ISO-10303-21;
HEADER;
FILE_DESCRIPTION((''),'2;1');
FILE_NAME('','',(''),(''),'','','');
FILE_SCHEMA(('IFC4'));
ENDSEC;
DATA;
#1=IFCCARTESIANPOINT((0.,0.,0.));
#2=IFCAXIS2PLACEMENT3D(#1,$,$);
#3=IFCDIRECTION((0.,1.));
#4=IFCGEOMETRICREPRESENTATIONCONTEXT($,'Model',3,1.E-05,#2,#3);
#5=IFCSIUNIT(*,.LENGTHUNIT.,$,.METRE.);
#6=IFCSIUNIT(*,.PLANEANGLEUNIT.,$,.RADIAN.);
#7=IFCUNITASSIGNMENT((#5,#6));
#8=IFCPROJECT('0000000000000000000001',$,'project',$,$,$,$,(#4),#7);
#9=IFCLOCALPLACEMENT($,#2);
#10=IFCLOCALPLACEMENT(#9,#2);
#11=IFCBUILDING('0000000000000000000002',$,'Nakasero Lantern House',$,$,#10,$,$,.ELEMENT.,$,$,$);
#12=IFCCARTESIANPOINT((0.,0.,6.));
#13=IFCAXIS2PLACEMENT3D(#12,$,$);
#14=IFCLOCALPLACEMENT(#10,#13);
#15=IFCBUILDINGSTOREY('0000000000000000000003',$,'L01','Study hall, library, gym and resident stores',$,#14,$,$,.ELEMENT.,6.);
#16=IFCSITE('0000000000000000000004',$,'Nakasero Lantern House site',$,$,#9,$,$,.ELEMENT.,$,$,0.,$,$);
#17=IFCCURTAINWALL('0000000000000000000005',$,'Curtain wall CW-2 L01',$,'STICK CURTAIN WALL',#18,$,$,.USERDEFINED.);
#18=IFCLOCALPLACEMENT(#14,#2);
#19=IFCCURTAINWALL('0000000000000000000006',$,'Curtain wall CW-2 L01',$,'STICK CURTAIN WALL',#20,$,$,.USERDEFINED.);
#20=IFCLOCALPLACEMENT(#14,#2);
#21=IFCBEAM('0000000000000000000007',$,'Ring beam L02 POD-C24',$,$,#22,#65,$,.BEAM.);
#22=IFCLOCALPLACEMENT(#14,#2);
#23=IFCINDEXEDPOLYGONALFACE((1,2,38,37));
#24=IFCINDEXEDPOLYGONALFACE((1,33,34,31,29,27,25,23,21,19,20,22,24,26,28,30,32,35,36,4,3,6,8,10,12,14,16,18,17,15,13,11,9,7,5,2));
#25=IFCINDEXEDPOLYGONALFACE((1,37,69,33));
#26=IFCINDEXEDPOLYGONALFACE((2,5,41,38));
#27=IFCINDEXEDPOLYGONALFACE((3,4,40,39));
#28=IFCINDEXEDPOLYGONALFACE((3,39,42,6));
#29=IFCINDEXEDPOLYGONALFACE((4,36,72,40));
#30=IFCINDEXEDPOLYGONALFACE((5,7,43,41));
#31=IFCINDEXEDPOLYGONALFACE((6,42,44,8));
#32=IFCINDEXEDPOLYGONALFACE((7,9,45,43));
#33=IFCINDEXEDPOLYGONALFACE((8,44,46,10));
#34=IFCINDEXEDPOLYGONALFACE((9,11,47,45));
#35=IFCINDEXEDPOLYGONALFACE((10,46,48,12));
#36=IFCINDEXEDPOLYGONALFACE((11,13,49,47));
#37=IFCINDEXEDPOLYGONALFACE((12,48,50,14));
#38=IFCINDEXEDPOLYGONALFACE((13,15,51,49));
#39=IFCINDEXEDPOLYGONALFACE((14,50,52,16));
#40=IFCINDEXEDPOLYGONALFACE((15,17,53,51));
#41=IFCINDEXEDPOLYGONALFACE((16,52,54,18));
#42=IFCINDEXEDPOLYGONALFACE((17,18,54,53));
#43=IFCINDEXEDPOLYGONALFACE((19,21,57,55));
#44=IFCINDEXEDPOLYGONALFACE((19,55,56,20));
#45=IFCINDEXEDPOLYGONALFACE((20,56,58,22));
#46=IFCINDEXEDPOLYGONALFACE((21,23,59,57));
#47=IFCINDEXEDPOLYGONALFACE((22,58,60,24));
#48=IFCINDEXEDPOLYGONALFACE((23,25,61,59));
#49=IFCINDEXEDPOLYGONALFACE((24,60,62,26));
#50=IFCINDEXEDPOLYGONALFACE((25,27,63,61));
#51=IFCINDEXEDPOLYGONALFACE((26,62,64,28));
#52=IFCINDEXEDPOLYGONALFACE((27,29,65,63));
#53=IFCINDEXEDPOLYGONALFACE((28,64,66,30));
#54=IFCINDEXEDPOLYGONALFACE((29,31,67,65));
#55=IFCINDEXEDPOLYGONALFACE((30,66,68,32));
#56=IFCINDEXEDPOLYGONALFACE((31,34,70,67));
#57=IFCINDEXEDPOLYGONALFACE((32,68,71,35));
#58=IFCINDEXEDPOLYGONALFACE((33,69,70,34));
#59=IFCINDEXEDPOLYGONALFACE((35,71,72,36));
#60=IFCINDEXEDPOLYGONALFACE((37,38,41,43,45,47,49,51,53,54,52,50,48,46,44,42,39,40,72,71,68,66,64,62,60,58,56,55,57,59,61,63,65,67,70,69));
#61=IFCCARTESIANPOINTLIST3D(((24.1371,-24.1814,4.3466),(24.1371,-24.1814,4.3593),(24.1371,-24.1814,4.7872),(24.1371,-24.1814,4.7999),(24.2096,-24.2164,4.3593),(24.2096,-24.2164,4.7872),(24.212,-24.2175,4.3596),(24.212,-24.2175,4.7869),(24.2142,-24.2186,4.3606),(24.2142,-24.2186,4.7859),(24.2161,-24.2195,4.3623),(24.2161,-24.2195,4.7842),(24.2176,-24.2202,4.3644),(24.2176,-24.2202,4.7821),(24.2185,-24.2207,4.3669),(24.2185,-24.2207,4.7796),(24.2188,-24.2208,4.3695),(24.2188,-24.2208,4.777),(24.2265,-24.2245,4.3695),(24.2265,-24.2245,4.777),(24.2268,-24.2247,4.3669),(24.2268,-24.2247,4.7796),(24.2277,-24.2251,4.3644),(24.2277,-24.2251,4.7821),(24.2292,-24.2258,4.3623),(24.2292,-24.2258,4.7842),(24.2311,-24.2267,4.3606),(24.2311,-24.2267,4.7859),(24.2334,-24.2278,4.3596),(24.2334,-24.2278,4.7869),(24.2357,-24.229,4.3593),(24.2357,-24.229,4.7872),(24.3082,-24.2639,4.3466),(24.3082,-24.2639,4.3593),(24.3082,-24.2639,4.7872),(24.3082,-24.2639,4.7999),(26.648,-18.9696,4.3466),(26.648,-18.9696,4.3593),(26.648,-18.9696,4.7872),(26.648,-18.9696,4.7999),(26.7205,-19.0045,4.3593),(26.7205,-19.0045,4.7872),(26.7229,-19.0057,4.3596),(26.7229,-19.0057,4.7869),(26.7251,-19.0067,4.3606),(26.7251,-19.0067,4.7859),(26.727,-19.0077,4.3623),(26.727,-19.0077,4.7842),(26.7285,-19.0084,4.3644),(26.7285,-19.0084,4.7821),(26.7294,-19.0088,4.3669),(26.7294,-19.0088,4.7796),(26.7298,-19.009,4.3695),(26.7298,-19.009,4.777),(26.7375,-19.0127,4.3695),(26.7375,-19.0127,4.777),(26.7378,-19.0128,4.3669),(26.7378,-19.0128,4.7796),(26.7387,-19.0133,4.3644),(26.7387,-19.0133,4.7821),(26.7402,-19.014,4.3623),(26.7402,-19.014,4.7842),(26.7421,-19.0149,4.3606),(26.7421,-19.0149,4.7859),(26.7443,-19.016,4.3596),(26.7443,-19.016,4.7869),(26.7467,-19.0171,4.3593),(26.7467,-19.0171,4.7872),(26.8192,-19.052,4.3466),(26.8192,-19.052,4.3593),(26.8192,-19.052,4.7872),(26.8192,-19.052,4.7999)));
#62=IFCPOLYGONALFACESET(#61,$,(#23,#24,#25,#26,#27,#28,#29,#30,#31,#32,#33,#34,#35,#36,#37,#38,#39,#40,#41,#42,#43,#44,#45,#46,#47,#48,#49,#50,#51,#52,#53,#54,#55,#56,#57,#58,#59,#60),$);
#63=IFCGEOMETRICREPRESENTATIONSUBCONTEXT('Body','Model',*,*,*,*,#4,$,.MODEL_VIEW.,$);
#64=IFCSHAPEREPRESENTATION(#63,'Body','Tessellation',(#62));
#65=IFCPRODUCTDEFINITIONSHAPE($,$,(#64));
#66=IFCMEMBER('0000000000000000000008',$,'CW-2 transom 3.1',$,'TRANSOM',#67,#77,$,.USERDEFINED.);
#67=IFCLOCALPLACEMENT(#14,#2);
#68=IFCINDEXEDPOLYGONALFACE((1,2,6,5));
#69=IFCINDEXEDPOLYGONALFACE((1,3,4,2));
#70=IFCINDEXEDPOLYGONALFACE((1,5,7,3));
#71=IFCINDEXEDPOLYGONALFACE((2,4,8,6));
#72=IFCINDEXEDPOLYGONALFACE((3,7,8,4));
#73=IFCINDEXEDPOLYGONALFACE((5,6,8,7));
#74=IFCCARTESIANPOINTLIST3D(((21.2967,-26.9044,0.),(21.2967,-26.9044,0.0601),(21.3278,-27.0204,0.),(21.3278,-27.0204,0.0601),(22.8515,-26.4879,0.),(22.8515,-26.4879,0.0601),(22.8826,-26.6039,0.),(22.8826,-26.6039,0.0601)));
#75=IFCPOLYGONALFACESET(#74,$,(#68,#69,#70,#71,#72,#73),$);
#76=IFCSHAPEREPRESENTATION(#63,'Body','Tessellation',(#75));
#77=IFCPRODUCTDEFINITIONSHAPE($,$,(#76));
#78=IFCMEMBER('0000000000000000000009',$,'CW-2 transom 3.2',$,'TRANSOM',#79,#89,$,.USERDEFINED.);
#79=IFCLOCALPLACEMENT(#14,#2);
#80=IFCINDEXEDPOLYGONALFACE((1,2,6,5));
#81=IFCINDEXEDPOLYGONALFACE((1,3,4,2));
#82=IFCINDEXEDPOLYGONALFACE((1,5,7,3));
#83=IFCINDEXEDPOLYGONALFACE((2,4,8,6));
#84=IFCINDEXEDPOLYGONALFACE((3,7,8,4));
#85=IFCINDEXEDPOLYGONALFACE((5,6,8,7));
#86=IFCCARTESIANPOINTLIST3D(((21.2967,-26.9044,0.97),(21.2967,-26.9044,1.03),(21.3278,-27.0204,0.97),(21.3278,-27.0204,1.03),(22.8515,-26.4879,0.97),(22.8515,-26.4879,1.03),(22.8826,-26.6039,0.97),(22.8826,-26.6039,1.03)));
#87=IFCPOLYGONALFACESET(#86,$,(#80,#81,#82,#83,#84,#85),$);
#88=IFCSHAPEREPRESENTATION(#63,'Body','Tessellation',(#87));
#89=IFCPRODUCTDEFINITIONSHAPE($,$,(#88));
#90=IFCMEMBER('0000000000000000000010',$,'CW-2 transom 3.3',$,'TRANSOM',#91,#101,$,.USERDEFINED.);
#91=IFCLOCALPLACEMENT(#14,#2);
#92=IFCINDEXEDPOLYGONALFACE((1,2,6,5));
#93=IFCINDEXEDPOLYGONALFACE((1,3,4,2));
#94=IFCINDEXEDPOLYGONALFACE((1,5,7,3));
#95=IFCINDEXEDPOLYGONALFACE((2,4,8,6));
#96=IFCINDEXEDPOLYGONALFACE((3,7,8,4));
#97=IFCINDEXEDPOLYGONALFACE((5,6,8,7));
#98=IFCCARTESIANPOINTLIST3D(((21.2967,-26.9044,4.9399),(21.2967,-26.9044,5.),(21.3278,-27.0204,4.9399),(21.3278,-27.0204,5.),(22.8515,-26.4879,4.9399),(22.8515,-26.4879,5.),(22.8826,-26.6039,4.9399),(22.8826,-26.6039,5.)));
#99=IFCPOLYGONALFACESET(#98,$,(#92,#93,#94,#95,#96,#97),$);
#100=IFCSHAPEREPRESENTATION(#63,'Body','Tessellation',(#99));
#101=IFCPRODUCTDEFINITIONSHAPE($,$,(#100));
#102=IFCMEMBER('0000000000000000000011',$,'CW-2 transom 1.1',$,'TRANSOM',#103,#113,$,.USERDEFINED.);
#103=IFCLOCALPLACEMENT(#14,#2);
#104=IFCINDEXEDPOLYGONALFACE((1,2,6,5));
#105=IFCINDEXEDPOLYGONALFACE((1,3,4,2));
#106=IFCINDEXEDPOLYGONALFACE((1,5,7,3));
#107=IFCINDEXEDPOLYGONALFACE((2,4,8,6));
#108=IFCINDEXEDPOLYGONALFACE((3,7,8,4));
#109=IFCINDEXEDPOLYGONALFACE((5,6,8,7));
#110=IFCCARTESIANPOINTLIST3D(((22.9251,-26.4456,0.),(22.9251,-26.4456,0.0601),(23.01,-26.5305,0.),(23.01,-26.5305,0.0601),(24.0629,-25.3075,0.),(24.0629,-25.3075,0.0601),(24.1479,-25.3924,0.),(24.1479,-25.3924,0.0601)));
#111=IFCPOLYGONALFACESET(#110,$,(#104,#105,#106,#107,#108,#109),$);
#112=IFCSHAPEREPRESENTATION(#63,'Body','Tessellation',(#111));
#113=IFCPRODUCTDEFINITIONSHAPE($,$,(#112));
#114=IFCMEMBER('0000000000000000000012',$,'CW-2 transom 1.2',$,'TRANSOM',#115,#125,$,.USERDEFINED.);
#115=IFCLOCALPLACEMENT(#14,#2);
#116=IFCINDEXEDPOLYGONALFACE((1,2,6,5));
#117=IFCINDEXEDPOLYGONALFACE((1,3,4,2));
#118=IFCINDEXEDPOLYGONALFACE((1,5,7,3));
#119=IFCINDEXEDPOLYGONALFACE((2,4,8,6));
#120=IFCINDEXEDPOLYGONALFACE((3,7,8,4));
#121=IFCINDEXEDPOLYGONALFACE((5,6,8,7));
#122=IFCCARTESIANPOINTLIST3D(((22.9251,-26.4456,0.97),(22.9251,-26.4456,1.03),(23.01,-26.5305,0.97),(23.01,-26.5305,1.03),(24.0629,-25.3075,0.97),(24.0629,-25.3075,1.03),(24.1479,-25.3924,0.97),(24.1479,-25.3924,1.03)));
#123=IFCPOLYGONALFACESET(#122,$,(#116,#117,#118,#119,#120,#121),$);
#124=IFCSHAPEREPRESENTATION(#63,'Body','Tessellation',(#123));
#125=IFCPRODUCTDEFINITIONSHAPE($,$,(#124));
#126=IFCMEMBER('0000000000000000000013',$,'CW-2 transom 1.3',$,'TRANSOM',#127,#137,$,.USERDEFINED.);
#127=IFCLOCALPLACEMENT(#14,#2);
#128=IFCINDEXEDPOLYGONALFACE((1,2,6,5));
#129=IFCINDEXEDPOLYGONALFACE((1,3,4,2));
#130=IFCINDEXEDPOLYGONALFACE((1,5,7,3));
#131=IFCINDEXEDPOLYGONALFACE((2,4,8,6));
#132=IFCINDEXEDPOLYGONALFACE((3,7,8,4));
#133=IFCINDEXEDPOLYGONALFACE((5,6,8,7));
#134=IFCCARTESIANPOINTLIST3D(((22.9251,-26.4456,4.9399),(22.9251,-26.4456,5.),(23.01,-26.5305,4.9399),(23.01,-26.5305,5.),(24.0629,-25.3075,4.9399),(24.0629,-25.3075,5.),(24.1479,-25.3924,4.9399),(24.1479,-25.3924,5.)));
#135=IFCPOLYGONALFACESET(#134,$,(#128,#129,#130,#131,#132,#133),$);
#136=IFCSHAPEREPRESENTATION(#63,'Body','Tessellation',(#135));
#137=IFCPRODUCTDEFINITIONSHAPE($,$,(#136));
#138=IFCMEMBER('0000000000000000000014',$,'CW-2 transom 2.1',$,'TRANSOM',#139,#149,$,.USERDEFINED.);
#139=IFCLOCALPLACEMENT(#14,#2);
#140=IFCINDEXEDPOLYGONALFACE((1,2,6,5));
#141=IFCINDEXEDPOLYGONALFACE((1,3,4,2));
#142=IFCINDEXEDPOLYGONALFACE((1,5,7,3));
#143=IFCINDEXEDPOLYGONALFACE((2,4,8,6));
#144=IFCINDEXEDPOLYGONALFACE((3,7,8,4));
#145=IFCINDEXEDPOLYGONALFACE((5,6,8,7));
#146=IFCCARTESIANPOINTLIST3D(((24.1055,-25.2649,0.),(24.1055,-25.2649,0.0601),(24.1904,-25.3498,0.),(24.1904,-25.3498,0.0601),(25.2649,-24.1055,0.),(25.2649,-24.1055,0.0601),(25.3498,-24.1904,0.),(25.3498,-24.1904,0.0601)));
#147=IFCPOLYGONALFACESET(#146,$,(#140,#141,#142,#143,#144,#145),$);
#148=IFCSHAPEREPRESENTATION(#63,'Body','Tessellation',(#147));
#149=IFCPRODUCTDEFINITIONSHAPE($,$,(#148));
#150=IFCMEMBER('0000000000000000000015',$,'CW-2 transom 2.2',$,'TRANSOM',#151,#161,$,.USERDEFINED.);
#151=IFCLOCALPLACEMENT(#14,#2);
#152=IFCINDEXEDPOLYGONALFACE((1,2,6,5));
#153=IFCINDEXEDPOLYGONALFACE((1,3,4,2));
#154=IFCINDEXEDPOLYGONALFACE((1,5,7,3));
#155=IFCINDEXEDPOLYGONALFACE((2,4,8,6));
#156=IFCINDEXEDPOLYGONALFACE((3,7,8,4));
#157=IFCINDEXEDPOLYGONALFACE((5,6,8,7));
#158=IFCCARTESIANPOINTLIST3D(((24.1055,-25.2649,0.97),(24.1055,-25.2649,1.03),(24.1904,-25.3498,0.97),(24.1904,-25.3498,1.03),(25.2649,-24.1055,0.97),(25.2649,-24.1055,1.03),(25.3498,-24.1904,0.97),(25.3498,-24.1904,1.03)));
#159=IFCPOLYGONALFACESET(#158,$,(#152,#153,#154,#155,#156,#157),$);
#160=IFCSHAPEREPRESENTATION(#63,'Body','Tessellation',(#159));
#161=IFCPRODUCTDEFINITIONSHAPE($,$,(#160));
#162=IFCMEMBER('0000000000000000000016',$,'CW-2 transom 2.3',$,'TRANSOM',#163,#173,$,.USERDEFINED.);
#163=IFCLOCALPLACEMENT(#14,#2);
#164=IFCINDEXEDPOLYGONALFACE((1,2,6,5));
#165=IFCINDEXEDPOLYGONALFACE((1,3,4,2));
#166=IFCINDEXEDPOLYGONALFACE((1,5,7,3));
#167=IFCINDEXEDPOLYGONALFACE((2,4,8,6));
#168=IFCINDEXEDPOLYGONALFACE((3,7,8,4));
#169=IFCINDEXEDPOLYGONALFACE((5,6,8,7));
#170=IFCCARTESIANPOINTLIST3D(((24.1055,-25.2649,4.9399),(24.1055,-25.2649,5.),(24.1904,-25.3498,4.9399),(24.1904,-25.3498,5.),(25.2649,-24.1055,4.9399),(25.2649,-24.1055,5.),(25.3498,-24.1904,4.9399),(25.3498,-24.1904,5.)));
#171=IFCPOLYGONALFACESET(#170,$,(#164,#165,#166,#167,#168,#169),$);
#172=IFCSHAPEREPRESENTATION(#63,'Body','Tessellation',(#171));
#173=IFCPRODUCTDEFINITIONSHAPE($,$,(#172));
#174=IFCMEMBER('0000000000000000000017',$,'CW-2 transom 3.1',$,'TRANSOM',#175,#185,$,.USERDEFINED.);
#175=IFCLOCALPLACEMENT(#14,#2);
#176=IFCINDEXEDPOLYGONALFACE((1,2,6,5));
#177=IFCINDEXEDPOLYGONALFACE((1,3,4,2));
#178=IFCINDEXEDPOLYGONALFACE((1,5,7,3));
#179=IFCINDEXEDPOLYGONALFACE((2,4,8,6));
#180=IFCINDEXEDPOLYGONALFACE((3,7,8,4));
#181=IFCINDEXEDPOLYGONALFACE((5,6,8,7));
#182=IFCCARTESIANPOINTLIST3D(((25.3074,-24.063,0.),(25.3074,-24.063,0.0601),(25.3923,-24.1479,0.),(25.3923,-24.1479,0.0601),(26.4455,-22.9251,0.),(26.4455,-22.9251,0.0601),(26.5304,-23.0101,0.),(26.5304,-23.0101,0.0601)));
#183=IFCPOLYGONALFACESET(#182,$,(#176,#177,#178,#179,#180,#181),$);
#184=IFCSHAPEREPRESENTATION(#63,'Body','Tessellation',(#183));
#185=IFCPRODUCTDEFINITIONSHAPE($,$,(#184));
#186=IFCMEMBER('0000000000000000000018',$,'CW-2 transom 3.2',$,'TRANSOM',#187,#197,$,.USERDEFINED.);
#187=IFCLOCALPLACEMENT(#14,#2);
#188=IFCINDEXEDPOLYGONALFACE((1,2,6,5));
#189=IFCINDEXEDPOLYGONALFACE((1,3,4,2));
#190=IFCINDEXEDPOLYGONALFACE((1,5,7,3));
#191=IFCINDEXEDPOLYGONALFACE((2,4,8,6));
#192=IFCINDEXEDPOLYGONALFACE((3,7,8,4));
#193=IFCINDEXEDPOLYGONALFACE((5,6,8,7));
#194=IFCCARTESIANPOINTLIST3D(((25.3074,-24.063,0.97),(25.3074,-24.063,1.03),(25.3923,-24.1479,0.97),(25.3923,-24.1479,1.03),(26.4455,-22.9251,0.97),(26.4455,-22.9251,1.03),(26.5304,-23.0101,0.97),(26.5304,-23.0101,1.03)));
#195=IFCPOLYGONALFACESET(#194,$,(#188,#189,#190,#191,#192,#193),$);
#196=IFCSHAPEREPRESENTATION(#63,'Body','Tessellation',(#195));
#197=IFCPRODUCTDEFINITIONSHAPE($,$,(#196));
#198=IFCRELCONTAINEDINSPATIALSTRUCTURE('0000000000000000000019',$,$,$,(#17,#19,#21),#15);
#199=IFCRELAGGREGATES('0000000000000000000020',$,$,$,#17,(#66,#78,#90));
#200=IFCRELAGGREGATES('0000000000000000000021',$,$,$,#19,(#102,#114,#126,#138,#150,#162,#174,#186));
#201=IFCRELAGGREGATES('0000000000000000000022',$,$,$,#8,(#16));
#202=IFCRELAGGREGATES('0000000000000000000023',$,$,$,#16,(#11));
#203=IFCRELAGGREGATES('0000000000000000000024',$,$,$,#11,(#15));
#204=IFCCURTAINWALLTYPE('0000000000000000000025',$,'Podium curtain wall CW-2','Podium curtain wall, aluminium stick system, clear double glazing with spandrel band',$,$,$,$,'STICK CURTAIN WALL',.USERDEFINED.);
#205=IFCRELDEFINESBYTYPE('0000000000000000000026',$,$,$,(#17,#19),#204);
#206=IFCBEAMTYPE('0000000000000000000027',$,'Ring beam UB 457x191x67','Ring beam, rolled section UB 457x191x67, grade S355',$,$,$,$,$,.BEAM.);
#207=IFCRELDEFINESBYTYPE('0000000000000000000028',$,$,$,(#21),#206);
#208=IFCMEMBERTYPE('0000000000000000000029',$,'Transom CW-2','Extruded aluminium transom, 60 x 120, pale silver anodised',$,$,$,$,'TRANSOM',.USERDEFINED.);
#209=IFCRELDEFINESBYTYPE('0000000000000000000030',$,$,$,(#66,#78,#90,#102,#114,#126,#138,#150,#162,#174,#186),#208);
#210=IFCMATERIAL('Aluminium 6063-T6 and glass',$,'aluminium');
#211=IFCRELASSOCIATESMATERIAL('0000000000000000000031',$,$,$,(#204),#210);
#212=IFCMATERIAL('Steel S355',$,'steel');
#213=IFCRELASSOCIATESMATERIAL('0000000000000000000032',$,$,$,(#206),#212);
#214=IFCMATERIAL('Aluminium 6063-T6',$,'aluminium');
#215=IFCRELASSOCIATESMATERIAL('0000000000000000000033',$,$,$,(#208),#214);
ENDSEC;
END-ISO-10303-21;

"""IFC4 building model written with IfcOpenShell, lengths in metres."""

from ifc_helpers import new_model, si_unit, direction, frame, origin, origin_2d, place, context, subcontext, project, spatial, rectangle, i_section, extrude, material, material_profile, profile_set, type_object, element, aggregate, save


model = new_model("IFC4")

# Units and contexts
model_context = context("Model", 3, precision=1e-05, world=origin(), true_north=direction((0.0, 1.0)))
body_context = subcontext(model_context, "Body", "Model", "MODEL_VIEW")
ifc_project = project(units=[si_unit("LENGTHUNIT", "METRE"), si_unit("PLANEANGLEUNIT", "RADIAN")], contexts=[model_context])

# Site, building, storey
site_placement = place(None, origin())
site = spatial("IfcSite", under=ifc_project, at=site_placement, Name="Nakasero Lantern House site", CompositionType="ELEMENT", RefElevation=0.0)
building_placement = place(site_placement, origin())
building = spatial("IfcBuilding", under=site, at=building_placement, Name="Nakasero Lantern House", CompositionType="ELEMENT")
storey_placement = place(building_placement, frame((0.0, 0.0, 6.0)))
storey = spatial("IfcBuildingStorey", under=building, at=storey_placement, Name="L01", Description="Study hall, library, gym and resident stores", CompositionType="ELEMENT", Elevation=6.0)

# Curtain walls
ifc_material_1 = material(Name="Aluminium 6063-T6 and glass", Category="aluminium")
curtain_wall_type = type_object("IfcCurtainWallType", Name="Podium curtain wall CW-2", Description="Podium curtain wall, aluminium stick system, clear double glazing with spandrel band", ElementType="STICK CURTAIN WALL", PredefinedType="USERDEFINED", material=ifc_material_1)
curtain_wall_1_placement = place(storey_placement, origin())
curtain_wall_1 = element("IfcCurtainWall", 1, at=curtain_wall_1_placement, inside=storey, type_object=curtain_wall_type, Name="Curtain wall CW-2 L01", ObjectType="STICK CURTAIN WALL", PredefinedType="USERDEFINED")
curtain_wall_2_placement = place(storey_placement, origin())
curtain_wall_2 = element("IfcCurtainWall", 2, at=curtain_wall_2_placement, inside=storey, type_object=curtain_wall_type, Name="Curtain wall CW-2 L01", ObjectType="STICK CURTAIN WALL", PredefinedType="USERDEFINED")

# Beam
ifc_material_2 = material(Name="Steel S355", Category="steel")
ifc_material_profile_1 = material_profile(ifc_material_2, i_section(OverallWidth=0.1899, OverallDepth=0.4534, WebThickness=0.0085, FlangeThickness=0.0127, FilletRadius=0.0103, at=origin_2d()), Name="UB 457x191x67")
ifc_profile_set_1 = profile_set([ifc_material_profile_1], Name="Steel S355")
beam_type_1 = type_object("IfcBeamType", Name="Ring beam UB 457x191x67", Description="Ring beam, rolled section UB 457x191x67, grade S355", PredefinedType="BEAM", material=ifc_profile_set_1)
beam_1_placement = place(storey_placement, frame((24.2227, -24.2227, 4.5732), z_axis=(0.434033, 0.900897, 0.0), x_axis=(-0.900897, 0.434033, 0.0)))
element("IfcBeam", 3, at=beam_1_placement, inside=storey, type_object=beam_type_1, Name="Ring beam L02 POD-C24", PredefinedType="BEAM", context=body_context, shape_type="SweptSolid", body=[
    extrude(i_section(OverallWidth=0.1899, OverallDepth=0.4534, WebThickness=0.0085, FlangeThickness=0.0127, FilletRadius=0.0103, at=origin_2d()), origin(), (0.0, 0.0, 1.0), 5.7852),
])

# Members
ifc_material_3 = material(Name="Aluminium 6063-T6", Category="aluminium")
ifc_material_profile_2 = material_profile(ifc_material_3, rectangle(XDim=0.0601, YDim=0.1201, at=origin_2d()), Name="CW-2 transom 60x120")
ifc_profile_set_2 = profile_set([ifc_material_profile_2], Name="Aluminium 6063-T6")
member_type_1 = type_object("IfcMemberType", Name="Transom CW-2", Description="Extruded aluminium transom, 60 x 120, pale silver anodised", ElementType="TRANSOM", PredefinedType="USERDEFINED", material=ifc_profile_set_2)
member_1_placement = place(storey_placement, frame((21.3123, -26.9624, 0.03), z_axis=(0.965937, 0.258777, 0.0), x_axis=(0.0, 0.0, 1.0)))
member_1 = element("IfcMember", 4, at=member_1_placement, type_object=member_type_1, Name="CW-2 transom 3.1", ObjectType="TRANSOM", PredefinedType="USERDEFINED", context=body_context, shape_type="SweptSolid", body=[
    extrude(rectangle(XDim=0.0601, YDim=0.1201, at=origin_2d()), origin(), (0.0, 0.0, 1.0), 1.6096),
])
member_2_placement = place(storey_placement, frame((21.3123, -26.9624, 1.0), z_axis=(0.965937, 0.258777, 0.0), x_axis=(0.0, 0.0, 1.0)))
member_2 = element("IfcMember", 5, at=member_2_placement, type_object=member_type_1, Name="CW-2 transom 3.2", ObjectType="TRANSOM", PredefinedType="USERDEFINED", context=body_context, shape_type="SweptSolid", body=[
    extrude(rectangle(XDim=0.0601, YDim=0.1201, at=origin_2d()), origin(), (0.0, 0.0, 1.0), 1.6096),
])
member_3_placement = place(storey_placement, frame((21.3123, -26.9624, 4.97), z_axis=(0.965937, 0.258777, 0.0), x_axis=(0.0, 0.0, 1.0)))
member_3 = element("IfcMember", 6, at=member_3_placement, type_object=member_type_1, Name="CW-2 transom 3.3", ObjectType="TRANSOM", PredefinedType="USERDEFINED", context=body_context, shape_type="SweptSolid", body=[
    extrude(rectangle(XDim=0.0601, YDim=0.1201, at=origin_2d()), origin(), (0.0, 0.0, 1.0), 1.6096),
])
member_4_placement = place(storey_placement, frame((22.9675, -26.488, 0.03), z_axis=(0.707031, 0.707183, 0.0), x_axis=(0.0, 0.0, 1.0)))
member_4 = element("IfcMember", 7, at=member_4_placement, type_object=member_type_1, Name="CW-2 transom 1.1", ObjectType="TRANSOM", PredefinedType="USERDEFINED", context=body_context, shape_type="SweptSolid", body=[
    extrude(rectangle(XDim=0.0601, YDim=0.1201, at=origin_2d()), origin(), (0.0, 0.0, 1.0), 1.6094),
])
member_5_placement = place(storey_placement, frame((22.9675, -26.488, 1.0), z_axis=(0.707031, 0.707183, 0.0), x_axis=(0.0, 0.0, 1.0)))
member_5 = element("IfcMember", 8, at=member_5_placement, type_object=member_type_1, Name="CW-2 transom 1.2", ObjectType="TRANSOM", PredefinedType="USERDEFINED", context=body_context, shape_type="SweptSolid", body=[
    extrude(rectangle(XDim=0.0601, YDim=0.1201, at=origin_2d()), origin(), (0.0, 0.0, 1.0), 1.6094),
])
member_6_placement = place(storey_placement, frame((22.9675, -26.488, 4.97), z_axis=(0.707031, 0.707183, 0.0), x_axis=(0.0, 0.0, 1.0)))
member_6 = element("IfcMember", 9, at=member_6_placement, type_object=member_type_1, Name="CW-2 transom 1.3", ObjectType="TRANSOM", PredefinedType="USERDEFINED", context=body_context, shape_type="SweptSolid", body=[
    extrude(rectangle(XDim=0.0601, YDim=0.1201, at=origin_2d()), origin(), (0.0, 0.0, 1.0), 1.6094),
])
member_7_placement = place(storey_placement, frame((24.1479, -25.3074, 0.03), z_axis=(0.707107, 0.707107, 0.0), x_axis=(0.0, 0.0, 1.0)))
member_7 = element("IfcMember", 10, at=member_7_placement, type_object=member_type_1, Name="CW-2 transom 2.1", ObjectType="TRANSOM", PredefinedType="USERDEFINED", context=body_context, shape_type="SweptSolid", body=[
    extrude(rectangle(XDim=0.0601, YDim=0.1201, at=origin_2d()), origin(), (0.0, 0.0, 1.0), 1.6396),
])
member_8_placement = place(storey_placement, frame((24.1479, -25.3074, 1.0), z_axis=(0.707107, 0.707107, 0.0), x_axis=(0.0, 0.0, 1.0)))
member_8 = element("IfcMember", 11, at=member_8_placement, type_object=member_type_1, Name="CW-2 transom 2.2", ObjectType="TRANSOM", PredefinedType="USERDEFINED", context=body_context, shape_type="SweptSolid", body=[
    extrude(rectangle(XDim=0.0601, YDim=0.1201, at=origin_2d()), origin(), (0.0, 0.0, 1.0), 1.6396),
])
member_9_placement = place(storey_placement, frame((24.1479, -25.3074, 4.97), z_axis=(0.707107, 0.707107, 0.0), x_axis=(0.0, 0.0, 1.0)))
member_9 = element("IfcMember", 12, at=member_9_placement, type_object=member_type_1, Name="CW-2 transom 2.3", ObjectType="TRANSOM", PredefinedType="USERDEFINED", context=body_context, shape_type="SweptSolid", body=[
    extrude(rectangle(XDim=0.0601, YDim=0.1201, at=origin_2d()), origin(), (0.0, 0.0, 1.0), 1.6396),
])
member_10_placement = place(storey_placement, frame((25.3499, -24.1055, 0.03), z_axis=(0.707183, 0.707031, 0.0), x_axis=(0.0, 0.0, 1.0)))
member_10 = element("IfcMember", 13, at=member_10_placement, type_object=member_type_1, Name="CW-2 transom 3.1", ObjectType="TRANSOM", PredefinedType="USERDEFINED", context=body_context, shape_type="SweptSolid", body=[
    extrude(rectangle(XDim=0.0601, YDim=0.1201, at=origin_2d()), origin(), (0.0, 0.0, 1.0), 1.6094),
])
member_11_placement = place(storey_placement, frame((25.3499, -24.1055, 1.0), z_axis=(0.707183, 0.707031, 0.0), x_axis=(0.0, 0.0, 1.0)))
member_11 = element("IfcMember", 14, at=member_11_placement, type_object=member_type_1, Name="CW-2 transom 3.2", ObjectType="TRANSOM", PredefinedType="USERDEFINED", context=body_context, shape_type="SweptSolid", body=[
    extrude(rectangle(XDim=0.0601, YDim=0.1201, at=origin_2d()), origin(), (0.0, 0.0, 1.0), 1.6094),
])

aggregate(curtain_wall_1, [member_1, member_2, member_3])
aggregate(curtain_wall_2, [member_4, member_5, member_6, member_7, member_8, member_9, member_10, member_11])

save(model, "model.ifc")
